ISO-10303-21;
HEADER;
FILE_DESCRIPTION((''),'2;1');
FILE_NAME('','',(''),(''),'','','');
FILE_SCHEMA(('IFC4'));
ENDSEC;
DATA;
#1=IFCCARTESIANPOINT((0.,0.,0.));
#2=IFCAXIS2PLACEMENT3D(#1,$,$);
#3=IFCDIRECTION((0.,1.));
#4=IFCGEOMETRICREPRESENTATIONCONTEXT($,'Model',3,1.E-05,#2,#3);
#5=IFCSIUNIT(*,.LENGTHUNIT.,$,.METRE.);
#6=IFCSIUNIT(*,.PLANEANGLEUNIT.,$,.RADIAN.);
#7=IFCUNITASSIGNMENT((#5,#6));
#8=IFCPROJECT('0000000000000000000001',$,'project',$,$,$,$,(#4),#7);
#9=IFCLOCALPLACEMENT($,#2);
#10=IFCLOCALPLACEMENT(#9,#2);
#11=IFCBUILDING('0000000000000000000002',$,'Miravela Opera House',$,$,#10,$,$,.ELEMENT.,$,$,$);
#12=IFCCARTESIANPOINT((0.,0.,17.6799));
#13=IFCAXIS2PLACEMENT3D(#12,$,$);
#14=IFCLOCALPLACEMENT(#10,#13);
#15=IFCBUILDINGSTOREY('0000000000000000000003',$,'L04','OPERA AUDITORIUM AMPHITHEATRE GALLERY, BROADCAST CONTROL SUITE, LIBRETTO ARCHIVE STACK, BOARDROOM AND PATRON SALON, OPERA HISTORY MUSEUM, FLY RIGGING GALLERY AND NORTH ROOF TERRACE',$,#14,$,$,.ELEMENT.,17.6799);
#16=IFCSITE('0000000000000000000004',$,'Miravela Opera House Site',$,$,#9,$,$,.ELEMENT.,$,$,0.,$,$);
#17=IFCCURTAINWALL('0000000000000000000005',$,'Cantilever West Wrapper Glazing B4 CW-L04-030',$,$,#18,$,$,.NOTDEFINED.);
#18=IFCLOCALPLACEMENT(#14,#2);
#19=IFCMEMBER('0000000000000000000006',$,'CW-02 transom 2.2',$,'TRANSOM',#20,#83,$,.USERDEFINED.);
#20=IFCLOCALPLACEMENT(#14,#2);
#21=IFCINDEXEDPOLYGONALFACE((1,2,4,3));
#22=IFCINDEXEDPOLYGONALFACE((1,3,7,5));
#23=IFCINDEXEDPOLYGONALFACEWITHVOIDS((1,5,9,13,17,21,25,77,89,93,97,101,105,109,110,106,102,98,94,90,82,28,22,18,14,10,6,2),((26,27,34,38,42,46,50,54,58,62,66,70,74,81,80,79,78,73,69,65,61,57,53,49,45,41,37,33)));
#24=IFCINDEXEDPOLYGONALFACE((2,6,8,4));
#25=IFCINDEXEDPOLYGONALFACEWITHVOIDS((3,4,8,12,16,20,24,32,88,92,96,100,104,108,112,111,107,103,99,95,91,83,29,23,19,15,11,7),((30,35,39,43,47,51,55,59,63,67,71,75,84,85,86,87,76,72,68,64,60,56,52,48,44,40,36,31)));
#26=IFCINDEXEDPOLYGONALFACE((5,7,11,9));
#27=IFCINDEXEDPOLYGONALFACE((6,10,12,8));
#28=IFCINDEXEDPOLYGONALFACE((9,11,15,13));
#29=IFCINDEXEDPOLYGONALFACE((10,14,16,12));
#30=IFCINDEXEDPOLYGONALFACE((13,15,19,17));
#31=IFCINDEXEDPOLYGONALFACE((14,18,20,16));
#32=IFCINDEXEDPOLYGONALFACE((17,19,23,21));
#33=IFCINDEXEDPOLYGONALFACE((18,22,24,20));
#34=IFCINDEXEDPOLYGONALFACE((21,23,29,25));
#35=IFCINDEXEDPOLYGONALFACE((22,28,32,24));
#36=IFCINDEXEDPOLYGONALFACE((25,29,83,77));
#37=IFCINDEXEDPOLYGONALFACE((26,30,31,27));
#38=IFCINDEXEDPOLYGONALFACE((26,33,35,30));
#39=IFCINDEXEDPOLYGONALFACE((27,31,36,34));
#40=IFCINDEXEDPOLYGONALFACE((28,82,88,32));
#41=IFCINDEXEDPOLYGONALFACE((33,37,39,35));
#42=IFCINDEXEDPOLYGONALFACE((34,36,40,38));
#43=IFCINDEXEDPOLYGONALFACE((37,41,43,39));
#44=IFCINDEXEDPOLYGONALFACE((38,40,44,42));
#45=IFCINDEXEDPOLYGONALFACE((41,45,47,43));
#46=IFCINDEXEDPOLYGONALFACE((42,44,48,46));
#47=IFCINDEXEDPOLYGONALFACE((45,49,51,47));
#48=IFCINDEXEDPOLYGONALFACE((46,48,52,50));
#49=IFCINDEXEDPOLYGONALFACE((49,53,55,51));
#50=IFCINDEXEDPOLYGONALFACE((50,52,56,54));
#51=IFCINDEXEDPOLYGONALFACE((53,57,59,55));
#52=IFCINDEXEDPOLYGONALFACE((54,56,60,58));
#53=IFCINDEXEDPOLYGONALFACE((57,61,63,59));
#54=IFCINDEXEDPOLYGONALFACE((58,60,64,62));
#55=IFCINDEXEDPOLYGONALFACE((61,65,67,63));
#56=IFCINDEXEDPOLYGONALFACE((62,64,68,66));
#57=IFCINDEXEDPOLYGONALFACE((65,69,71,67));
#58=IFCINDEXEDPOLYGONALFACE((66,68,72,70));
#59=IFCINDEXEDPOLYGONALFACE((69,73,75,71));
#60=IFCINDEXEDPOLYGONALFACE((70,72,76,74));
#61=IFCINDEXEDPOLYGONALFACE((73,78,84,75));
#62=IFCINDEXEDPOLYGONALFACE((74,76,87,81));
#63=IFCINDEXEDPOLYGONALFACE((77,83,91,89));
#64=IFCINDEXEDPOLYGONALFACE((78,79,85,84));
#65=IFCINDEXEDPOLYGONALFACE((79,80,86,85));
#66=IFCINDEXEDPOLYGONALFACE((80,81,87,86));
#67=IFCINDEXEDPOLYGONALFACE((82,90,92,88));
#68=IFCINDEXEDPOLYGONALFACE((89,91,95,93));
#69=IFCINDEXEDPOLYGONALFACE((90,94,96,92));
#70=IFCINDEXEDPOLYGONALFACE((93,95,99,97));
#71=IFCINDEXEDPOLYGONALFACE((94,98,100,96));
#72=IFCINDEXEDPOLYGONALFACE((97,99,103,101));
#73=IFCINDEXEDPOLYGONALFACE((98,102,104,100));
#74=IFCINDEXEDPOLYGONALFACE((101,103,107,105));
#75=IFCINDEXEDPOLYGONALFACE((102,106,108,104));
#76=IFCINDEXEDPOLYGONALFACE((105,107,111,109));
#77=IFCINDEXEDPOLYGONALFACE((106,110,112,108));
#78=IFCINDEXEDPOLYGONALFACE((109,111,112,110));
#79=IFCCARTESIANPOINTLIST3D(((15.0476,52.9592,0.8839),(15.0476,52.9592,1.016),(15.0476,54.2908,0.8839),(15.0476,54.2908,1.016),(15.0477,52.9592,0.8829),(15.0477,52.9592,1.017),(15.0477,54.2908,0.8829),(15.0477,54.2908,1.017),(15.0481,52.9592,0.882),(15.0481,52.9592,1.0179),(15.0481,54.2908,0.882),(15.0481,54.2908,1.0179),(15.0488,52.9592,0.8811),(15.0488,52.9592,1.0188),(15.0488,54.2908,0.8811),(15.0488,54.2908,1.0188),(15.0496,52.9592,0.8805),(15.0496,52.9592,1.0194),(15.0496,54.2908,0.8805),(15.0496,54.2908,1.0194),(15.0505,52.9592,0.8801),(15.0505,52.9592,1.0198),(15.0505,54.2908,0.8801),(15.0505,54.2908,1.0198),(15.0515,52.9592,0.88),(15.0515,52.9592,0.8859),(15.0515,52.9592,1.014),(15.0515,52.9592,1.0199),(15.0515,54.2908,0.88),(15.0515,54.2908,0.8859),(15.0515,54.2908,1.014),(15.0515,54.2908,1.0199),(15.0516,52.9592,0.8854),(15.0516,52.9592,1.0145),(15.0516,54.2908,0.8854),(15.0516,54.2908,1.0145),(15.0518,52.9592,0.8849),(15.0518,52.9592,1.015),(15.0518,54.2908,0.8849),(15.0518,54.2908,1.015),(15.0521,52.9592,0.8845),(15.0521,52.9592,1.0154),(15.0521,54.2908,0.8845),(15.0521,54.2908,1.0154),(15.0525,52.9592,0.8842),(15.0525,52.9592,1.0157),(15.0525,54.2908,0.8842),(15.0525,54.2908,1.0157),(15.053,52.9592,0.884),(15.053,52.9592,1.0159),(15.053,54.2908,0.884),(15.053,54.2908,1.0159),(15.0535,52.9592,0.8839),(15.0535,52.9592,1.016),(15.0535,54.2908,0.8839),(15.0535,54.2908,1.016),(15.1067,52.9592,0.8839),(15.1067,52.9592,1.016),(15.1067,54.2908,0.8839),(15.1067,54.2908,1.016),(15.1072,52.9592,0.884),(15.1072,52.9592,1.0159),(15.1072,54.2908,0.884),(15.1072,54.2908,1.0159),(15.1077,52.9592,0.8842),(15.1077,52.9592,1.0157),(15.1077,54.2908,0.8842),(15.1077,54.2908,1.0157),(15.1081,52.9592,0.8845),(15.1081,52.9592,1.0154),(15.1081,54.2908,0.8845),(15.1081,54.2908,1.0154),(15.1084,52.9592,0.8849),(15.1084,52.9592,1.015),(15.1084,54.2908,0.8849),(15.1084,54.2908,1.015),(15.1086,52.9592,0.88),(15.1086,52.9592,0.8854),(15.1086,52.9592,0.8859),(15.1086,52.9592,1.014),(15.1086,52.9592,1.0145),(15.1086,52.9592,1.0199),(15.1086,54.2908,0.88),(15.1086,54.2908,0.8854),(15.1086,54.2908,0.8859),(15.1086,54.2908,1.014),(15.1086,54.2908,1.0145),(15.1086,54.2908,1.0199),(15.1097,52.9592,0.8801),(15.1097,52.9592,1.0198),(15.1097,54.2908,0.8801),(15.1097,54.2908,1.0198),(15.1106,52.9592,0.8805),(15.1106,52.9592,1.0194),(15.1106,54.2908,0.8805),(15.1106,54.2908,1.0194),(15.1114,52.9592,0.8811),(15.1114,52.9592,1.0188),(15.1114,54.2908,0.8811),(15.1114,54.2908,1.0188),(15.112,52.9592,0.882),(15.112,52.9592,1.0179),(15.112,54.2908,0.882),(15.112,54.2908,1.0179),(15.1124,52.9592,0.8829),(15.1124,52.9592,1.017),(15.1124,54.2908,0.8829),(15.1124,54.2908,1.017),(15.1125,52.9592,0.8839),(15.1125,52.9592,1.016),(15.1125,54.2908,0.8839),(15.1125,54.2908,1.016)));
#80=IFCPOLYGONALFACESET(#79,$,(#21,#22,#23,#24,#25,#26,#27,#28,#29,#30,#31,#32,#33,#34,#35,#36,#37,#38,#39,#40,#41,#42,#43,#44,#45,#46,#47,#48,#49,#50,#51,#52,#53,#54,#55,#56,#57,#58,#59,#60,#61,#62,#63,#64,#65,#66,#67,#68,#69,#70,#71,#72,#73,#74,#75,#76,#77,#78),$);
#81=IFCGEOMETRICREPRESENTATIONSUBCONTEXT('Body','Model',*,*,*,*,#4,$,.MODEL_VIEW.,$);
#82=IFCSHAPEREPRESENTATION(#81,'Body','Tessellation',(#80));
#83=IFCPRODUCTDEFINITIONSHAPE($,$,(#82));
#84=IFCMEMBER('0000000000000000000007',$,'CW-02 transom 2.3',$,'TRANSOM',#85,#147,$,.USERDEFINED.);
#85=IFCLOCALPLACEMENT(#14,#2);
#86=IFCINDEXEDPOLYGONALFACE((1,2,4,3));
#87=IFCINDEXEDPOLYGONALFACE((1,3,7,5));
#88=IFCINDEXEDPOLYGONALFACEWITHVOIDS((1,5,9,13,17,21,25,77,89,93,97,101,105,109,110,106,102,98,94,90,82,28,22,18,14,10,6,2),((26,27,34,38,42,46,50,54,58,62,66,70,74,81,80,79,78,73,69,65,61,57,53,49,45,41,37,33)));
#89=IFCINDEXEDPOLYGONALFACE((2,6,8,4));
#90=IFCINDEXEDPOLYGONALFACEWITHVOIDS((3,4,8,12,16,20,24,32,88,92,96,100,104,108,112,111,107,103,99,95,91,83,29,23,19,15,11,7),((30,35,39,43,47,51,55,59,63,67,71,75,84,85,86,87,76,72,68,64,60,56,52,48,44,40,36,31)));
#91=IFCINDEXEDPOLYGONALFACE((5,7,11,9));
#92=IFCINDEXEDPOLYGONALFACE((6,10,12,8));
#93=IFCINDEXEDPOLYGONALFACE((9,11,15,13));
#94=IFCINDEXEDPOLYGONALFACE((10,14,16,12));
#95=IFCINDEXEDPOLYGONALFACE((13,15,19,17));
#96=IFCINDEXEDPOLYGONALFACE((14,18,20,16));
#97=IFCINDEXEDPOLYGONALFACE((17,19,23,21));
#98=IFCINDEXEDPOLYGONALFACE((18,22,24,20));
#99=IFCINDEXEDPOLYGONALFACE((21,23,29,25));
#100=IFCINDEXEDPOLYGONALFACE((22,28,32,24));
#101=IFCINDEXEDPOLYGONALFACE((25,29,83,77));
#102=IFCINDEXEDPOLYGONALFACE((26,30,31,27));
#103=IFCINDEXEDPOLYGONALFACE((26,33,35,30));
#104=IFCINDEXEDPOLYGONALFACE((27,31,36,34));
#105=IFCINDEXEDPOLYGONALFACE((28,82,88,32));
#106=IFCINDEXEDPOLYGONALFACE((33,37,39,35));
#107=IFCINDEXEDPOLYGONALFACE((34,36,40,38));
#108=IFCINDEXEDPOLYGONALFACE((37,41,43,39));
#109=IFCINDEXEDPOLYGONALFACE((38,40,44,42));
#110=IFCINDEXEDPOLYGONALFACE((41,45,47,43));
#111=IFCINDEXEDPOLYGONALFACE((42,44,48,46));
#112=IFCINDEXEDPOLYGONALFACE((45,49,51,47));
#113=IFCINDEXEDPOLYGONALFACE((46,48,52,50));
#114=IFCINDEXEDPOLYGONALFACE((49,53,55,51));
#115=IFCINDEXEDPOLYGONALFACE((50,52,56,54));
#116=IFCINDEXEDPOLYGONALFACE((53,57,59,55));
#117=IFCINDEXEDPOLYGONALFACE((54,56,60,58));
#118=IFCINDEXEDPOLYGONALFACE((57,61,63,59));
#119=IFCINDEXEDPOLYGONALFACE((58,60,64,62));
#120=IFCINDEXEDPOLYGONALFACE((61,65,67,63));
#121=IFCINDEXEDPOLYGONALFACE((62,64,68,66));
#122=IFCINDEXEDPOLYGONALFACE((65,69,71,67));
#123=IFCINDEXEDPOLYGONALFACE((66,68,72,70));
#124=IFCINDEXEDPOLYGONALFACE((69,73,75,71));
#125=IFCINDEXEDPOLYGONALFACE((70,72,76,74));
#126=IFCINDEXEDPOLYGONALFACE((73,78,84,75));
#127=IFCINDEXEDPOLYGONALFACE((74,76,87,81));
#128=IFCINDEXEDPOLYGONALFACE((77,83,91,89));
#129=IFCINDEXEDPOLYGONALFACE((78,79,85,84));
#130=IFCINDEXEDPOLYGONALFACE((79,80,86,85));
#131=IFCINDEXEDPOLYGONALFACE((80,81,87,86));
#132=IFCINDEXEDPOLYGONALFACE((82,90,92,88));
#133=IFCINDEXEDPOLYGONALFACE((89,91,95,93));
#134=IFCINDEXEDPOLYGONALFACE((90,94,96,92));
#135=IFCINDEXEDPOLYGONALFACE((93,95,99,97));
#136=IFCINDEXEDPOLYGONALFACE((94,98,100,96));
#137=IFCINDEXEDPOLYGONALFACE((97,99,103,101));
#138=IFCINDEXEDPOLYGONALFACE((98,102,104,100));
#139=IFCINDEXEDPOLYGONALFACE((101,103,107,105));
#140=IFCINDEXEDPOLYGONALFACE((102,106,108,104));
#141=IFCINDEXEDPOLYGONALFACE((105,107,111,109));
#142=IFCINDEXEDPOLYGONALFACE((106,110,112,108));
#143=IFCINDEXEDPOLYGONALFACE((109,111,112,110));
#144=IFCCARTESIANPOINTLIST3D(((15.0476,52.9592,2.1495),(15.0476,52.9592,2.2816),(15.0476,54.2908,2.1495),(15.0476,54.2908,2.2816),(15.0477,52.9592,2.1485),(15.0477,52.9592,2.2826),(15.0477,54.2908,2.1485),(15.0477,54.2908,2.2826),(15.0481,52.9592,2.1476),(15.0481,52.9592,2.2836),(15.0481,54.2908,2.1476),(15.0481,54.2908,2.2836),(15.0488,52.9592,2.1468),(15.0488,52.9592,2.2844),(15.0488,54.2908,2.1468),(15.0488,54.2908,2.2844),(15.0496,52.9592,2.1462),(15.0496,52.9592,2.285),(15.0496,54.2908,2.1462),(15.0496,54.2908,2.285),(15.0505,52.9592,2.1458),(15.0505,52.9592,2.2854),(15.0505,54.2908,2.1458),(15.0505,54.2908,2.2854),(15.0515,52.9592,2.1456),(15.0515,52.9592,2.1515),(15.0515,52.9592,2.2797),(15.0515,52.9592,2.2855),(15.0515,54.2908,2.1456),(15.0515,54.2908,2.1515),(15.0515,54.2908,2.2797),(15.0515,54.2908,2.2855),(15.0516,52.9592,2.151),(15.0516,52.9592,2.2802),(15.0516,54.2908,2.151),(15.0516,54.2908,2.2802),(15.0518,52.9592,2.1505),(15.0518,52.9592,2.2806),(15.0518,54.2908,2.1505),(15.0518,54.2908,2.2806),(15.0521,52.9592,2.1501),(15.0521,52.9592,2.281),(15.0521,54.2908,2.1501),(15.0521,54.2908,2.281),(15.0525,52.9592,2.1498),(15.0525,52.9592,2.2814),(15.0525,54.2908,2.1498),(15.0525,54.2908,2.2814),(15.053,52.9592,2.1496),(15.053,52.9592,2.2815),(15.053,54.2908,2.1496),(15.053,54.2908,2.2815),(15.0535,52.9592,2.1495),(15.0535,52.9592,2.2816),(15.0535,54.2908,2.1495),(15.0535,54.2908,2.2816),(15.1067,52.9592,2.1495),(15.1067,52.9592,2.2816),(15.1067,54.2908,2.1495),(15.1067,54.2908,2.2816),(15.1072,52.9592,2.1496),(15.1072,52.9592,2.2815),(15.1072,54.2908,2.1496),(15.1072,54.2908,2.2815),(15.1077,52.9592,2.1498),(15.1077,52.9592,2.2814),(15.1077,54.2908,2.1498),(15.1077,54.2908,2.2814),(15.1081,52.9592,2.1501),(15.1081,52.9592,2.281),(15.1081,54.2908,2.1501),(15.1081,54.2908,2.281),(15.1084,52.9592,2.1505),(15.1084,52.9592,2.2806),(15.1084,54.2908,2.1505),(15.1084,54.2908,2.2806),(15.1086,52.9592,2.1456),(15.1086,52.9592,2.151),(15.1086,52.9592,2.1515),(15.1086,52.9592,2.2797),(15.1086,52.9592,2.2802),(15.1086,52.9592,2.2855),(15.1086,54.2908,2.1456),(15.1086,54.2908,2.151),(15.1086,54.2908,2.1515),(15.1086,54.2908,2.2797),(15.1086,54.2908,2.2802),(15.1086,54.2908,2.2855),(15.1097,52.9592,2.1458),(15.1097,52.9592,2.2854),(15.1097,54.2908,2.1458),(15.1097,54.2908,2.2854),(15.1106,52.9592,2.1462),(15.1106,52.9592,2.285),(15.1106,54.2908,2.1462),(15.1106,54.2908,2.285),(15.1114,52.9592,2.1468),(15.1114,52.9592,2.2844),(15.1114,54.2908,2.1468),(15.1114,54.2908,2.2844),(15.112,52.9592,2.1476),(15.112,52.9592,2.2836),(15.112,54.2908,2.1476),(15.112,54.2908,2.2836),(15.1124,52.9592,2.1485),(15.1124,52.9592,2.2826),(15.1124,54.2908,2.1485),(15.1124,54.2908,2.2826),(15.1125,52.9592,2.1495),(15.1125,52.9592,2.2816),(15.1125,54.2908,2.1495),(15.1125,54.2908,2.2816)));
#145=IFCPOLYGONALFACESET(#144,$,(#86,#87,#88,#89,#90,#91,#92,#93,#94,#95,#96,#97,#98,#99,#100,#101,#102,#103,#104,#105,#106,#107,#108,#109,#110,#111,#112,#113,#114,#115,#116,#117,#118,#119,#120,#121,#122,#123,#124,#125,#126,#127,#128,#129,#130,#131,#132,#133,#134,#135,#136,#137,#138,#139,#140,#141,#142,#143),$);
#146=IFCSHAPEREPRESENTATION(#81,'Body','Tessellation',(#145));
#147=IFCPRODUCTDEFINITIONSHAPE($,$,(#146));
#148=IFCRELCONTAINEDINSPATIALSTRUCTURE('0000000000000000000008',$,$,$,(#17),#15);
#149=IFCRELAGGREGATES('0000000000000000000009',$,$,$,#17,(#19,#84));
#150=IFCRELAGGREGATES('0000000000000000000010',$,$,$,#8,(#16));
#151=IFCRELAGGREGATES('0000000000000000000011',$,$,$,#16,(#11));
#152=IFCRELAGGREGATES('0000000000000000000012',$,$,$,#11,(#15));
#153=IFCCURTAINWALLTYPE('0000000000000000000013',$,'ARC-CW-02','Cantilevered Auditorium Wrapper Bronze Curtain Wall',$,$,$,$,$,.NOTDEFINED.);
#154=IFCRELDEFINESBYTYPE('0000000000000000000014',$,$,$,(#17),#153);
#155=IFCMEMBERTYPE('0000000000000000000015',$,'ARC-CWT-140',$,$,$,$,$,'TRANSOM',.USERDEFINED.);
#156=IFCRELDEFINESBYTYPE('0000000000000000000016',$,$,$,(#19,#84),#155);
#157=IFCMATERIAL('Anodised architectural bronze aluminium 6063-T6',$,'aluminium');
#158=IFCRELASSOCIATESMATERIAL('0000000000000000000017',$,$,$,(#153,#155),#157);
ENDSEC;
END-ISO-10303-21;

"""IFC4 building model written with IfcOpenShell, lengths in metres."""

from ifc_helpers import new_model, si_unit, direction, frame, origin, origin_2d, place, context, subcontext, project, spatial, hollow_rectangle, extrude, material, material_profile, profile_set, type_object, element, aggregate, save


model = new_model("IFC4")

# Units and contexts
model_context = context("Model", 3, precision=1e-05, world=origin(), true_north=direction((0.0, 1.0)))
body_context = subcontext(model_context, "Body", "Model", "MODEL_VIEW")
ifc_project = project(units=[si_unit("LENGTHUNIT", "METRE"), si_unit("PLANEANGLEUNIT", "RADIAN")], contexts=[model_context])

# Site, building, storey
site_placement = place(None, origin())
site = spatial("IfcSite", under=ifc_project, at=site_placement, Name="Miravela Opera House Site", CompositionType="ELEMENT", RefElevation=0.0)
building_placement = place(site_placement, origin())
building = spatial("IfcBuilding", under=site, at=building_placement, Name="Miravela Opera House", CompositionType="ELEMENT")
storey_placement = place(building_placement, frame((0.0, 0.0, 17.6799)))
storey = spatial("IfcBuildingStorey", under=building, at=storey_placement, Name="L04", Description="OPERA AUDITORIUM AMPHITHEATRE GALLERY, BROADCAST CONTROL SUITE, LIBRETTO ARCHIVE STACK, BOARDROOM AND PATRON SALON, OPERA HISTORY MUSEUM, FLY RIGGING GALLERY AND NORTH ROOF TERRACE", CompositionType="ELEMENT", Elevation=17.6799)

# Curtain wall, members
ifc_material_1 = material(Name="Anodised architectural bronze aluminium 6063-T6", Category="aluminium")
curtain_wall_type = type_object("IfcCurtainWallType", Name="ARC-CW-02", Description="Cantilevered Auditorium Wrapper Bronze Curtain Wall", PredefinedType="NOTDEFINED", material=ifc_material_1)
curtain_wall_placement = place(storey_placement, origin())
curtain_wall = element("IfcCurtainWall", 1, at=curtain_wall_placement, inside=storey, type_object=curtain_wall_type, Name="Cantilever West Wrapper Glazing B4 CW-L04-030", PredefinedType="NOTDEFINED")
ifc_material_profile_1 = material_profile(ifc_material_1, hollow_rectangle(XDim=0.0649, YDim=0.1399, WallThickness=0.0039, InnerFilletRadius=0.002, OuterFilletRadius=0.0039, at=origin_2d()), Name="CWT-65X140")
ifc_profile_set_1 = profile_set([ifc_material_profile_1])
member_type_1 = type_object("IfcMemberType", Name="ARC-CWT-140", ElementType="TRANSOM", PredefinedType="USERDEFINED", material=ifc_profile_set_1)
member_1_placement = place(storey_placement, frame((15.0801, 52.9592, 0.95), z_axis=(0.0, 1.0, 0.0), x_axis=(-1.0, 0.0, 0.0)))
member_1 = element("IfcMember", 2, at=member_1_placement, type_object=member_type_1, Name="CW-02 transom 2.2", ObjectType="TRANSOM", PredefinedType="USERDEFINED", context=body_context, shape_type="SweptSolid", body=[
    extrude(hollow_rectangle(XDim=0.0649, YDim=0.1399, WallThickness=0.0039, InnerFilletRadius=0.002, OuterFilletRadius=0.0039, at=origin_2d()), origin(), (0.0, 0.0, 1.0), 1.3315),
])
member_2_placement = place(storey_placement, frame((15.0801, 52.9592, 2.2156), z_axis=(0.0, 1.0, 0.0), x_axis=(-1.0, 0.0, 0.0)))
member_2 = element("IfcMember", 3, at=member_2_placement, type_object=member_type_1, Name="CW-02 transom 2.3", ObjectType="TRANSOM", PredefinedType="USERDEFINED", context=body_context, shape_type="SweptSolid", body=[
    extrude(hollow_rectangle(XDim=0.0649, YDim=0.1399, WallThickness=0.0039, InnerFilletRadius=0.002, OuterFilletRadius=0.0039, at=origin_2d()), origin(), (0.0, 0.0, 1.0), 1.3315),
])

aggregate(curtain_wall, [member_1, member_2])

save(model, "model.ifc")
